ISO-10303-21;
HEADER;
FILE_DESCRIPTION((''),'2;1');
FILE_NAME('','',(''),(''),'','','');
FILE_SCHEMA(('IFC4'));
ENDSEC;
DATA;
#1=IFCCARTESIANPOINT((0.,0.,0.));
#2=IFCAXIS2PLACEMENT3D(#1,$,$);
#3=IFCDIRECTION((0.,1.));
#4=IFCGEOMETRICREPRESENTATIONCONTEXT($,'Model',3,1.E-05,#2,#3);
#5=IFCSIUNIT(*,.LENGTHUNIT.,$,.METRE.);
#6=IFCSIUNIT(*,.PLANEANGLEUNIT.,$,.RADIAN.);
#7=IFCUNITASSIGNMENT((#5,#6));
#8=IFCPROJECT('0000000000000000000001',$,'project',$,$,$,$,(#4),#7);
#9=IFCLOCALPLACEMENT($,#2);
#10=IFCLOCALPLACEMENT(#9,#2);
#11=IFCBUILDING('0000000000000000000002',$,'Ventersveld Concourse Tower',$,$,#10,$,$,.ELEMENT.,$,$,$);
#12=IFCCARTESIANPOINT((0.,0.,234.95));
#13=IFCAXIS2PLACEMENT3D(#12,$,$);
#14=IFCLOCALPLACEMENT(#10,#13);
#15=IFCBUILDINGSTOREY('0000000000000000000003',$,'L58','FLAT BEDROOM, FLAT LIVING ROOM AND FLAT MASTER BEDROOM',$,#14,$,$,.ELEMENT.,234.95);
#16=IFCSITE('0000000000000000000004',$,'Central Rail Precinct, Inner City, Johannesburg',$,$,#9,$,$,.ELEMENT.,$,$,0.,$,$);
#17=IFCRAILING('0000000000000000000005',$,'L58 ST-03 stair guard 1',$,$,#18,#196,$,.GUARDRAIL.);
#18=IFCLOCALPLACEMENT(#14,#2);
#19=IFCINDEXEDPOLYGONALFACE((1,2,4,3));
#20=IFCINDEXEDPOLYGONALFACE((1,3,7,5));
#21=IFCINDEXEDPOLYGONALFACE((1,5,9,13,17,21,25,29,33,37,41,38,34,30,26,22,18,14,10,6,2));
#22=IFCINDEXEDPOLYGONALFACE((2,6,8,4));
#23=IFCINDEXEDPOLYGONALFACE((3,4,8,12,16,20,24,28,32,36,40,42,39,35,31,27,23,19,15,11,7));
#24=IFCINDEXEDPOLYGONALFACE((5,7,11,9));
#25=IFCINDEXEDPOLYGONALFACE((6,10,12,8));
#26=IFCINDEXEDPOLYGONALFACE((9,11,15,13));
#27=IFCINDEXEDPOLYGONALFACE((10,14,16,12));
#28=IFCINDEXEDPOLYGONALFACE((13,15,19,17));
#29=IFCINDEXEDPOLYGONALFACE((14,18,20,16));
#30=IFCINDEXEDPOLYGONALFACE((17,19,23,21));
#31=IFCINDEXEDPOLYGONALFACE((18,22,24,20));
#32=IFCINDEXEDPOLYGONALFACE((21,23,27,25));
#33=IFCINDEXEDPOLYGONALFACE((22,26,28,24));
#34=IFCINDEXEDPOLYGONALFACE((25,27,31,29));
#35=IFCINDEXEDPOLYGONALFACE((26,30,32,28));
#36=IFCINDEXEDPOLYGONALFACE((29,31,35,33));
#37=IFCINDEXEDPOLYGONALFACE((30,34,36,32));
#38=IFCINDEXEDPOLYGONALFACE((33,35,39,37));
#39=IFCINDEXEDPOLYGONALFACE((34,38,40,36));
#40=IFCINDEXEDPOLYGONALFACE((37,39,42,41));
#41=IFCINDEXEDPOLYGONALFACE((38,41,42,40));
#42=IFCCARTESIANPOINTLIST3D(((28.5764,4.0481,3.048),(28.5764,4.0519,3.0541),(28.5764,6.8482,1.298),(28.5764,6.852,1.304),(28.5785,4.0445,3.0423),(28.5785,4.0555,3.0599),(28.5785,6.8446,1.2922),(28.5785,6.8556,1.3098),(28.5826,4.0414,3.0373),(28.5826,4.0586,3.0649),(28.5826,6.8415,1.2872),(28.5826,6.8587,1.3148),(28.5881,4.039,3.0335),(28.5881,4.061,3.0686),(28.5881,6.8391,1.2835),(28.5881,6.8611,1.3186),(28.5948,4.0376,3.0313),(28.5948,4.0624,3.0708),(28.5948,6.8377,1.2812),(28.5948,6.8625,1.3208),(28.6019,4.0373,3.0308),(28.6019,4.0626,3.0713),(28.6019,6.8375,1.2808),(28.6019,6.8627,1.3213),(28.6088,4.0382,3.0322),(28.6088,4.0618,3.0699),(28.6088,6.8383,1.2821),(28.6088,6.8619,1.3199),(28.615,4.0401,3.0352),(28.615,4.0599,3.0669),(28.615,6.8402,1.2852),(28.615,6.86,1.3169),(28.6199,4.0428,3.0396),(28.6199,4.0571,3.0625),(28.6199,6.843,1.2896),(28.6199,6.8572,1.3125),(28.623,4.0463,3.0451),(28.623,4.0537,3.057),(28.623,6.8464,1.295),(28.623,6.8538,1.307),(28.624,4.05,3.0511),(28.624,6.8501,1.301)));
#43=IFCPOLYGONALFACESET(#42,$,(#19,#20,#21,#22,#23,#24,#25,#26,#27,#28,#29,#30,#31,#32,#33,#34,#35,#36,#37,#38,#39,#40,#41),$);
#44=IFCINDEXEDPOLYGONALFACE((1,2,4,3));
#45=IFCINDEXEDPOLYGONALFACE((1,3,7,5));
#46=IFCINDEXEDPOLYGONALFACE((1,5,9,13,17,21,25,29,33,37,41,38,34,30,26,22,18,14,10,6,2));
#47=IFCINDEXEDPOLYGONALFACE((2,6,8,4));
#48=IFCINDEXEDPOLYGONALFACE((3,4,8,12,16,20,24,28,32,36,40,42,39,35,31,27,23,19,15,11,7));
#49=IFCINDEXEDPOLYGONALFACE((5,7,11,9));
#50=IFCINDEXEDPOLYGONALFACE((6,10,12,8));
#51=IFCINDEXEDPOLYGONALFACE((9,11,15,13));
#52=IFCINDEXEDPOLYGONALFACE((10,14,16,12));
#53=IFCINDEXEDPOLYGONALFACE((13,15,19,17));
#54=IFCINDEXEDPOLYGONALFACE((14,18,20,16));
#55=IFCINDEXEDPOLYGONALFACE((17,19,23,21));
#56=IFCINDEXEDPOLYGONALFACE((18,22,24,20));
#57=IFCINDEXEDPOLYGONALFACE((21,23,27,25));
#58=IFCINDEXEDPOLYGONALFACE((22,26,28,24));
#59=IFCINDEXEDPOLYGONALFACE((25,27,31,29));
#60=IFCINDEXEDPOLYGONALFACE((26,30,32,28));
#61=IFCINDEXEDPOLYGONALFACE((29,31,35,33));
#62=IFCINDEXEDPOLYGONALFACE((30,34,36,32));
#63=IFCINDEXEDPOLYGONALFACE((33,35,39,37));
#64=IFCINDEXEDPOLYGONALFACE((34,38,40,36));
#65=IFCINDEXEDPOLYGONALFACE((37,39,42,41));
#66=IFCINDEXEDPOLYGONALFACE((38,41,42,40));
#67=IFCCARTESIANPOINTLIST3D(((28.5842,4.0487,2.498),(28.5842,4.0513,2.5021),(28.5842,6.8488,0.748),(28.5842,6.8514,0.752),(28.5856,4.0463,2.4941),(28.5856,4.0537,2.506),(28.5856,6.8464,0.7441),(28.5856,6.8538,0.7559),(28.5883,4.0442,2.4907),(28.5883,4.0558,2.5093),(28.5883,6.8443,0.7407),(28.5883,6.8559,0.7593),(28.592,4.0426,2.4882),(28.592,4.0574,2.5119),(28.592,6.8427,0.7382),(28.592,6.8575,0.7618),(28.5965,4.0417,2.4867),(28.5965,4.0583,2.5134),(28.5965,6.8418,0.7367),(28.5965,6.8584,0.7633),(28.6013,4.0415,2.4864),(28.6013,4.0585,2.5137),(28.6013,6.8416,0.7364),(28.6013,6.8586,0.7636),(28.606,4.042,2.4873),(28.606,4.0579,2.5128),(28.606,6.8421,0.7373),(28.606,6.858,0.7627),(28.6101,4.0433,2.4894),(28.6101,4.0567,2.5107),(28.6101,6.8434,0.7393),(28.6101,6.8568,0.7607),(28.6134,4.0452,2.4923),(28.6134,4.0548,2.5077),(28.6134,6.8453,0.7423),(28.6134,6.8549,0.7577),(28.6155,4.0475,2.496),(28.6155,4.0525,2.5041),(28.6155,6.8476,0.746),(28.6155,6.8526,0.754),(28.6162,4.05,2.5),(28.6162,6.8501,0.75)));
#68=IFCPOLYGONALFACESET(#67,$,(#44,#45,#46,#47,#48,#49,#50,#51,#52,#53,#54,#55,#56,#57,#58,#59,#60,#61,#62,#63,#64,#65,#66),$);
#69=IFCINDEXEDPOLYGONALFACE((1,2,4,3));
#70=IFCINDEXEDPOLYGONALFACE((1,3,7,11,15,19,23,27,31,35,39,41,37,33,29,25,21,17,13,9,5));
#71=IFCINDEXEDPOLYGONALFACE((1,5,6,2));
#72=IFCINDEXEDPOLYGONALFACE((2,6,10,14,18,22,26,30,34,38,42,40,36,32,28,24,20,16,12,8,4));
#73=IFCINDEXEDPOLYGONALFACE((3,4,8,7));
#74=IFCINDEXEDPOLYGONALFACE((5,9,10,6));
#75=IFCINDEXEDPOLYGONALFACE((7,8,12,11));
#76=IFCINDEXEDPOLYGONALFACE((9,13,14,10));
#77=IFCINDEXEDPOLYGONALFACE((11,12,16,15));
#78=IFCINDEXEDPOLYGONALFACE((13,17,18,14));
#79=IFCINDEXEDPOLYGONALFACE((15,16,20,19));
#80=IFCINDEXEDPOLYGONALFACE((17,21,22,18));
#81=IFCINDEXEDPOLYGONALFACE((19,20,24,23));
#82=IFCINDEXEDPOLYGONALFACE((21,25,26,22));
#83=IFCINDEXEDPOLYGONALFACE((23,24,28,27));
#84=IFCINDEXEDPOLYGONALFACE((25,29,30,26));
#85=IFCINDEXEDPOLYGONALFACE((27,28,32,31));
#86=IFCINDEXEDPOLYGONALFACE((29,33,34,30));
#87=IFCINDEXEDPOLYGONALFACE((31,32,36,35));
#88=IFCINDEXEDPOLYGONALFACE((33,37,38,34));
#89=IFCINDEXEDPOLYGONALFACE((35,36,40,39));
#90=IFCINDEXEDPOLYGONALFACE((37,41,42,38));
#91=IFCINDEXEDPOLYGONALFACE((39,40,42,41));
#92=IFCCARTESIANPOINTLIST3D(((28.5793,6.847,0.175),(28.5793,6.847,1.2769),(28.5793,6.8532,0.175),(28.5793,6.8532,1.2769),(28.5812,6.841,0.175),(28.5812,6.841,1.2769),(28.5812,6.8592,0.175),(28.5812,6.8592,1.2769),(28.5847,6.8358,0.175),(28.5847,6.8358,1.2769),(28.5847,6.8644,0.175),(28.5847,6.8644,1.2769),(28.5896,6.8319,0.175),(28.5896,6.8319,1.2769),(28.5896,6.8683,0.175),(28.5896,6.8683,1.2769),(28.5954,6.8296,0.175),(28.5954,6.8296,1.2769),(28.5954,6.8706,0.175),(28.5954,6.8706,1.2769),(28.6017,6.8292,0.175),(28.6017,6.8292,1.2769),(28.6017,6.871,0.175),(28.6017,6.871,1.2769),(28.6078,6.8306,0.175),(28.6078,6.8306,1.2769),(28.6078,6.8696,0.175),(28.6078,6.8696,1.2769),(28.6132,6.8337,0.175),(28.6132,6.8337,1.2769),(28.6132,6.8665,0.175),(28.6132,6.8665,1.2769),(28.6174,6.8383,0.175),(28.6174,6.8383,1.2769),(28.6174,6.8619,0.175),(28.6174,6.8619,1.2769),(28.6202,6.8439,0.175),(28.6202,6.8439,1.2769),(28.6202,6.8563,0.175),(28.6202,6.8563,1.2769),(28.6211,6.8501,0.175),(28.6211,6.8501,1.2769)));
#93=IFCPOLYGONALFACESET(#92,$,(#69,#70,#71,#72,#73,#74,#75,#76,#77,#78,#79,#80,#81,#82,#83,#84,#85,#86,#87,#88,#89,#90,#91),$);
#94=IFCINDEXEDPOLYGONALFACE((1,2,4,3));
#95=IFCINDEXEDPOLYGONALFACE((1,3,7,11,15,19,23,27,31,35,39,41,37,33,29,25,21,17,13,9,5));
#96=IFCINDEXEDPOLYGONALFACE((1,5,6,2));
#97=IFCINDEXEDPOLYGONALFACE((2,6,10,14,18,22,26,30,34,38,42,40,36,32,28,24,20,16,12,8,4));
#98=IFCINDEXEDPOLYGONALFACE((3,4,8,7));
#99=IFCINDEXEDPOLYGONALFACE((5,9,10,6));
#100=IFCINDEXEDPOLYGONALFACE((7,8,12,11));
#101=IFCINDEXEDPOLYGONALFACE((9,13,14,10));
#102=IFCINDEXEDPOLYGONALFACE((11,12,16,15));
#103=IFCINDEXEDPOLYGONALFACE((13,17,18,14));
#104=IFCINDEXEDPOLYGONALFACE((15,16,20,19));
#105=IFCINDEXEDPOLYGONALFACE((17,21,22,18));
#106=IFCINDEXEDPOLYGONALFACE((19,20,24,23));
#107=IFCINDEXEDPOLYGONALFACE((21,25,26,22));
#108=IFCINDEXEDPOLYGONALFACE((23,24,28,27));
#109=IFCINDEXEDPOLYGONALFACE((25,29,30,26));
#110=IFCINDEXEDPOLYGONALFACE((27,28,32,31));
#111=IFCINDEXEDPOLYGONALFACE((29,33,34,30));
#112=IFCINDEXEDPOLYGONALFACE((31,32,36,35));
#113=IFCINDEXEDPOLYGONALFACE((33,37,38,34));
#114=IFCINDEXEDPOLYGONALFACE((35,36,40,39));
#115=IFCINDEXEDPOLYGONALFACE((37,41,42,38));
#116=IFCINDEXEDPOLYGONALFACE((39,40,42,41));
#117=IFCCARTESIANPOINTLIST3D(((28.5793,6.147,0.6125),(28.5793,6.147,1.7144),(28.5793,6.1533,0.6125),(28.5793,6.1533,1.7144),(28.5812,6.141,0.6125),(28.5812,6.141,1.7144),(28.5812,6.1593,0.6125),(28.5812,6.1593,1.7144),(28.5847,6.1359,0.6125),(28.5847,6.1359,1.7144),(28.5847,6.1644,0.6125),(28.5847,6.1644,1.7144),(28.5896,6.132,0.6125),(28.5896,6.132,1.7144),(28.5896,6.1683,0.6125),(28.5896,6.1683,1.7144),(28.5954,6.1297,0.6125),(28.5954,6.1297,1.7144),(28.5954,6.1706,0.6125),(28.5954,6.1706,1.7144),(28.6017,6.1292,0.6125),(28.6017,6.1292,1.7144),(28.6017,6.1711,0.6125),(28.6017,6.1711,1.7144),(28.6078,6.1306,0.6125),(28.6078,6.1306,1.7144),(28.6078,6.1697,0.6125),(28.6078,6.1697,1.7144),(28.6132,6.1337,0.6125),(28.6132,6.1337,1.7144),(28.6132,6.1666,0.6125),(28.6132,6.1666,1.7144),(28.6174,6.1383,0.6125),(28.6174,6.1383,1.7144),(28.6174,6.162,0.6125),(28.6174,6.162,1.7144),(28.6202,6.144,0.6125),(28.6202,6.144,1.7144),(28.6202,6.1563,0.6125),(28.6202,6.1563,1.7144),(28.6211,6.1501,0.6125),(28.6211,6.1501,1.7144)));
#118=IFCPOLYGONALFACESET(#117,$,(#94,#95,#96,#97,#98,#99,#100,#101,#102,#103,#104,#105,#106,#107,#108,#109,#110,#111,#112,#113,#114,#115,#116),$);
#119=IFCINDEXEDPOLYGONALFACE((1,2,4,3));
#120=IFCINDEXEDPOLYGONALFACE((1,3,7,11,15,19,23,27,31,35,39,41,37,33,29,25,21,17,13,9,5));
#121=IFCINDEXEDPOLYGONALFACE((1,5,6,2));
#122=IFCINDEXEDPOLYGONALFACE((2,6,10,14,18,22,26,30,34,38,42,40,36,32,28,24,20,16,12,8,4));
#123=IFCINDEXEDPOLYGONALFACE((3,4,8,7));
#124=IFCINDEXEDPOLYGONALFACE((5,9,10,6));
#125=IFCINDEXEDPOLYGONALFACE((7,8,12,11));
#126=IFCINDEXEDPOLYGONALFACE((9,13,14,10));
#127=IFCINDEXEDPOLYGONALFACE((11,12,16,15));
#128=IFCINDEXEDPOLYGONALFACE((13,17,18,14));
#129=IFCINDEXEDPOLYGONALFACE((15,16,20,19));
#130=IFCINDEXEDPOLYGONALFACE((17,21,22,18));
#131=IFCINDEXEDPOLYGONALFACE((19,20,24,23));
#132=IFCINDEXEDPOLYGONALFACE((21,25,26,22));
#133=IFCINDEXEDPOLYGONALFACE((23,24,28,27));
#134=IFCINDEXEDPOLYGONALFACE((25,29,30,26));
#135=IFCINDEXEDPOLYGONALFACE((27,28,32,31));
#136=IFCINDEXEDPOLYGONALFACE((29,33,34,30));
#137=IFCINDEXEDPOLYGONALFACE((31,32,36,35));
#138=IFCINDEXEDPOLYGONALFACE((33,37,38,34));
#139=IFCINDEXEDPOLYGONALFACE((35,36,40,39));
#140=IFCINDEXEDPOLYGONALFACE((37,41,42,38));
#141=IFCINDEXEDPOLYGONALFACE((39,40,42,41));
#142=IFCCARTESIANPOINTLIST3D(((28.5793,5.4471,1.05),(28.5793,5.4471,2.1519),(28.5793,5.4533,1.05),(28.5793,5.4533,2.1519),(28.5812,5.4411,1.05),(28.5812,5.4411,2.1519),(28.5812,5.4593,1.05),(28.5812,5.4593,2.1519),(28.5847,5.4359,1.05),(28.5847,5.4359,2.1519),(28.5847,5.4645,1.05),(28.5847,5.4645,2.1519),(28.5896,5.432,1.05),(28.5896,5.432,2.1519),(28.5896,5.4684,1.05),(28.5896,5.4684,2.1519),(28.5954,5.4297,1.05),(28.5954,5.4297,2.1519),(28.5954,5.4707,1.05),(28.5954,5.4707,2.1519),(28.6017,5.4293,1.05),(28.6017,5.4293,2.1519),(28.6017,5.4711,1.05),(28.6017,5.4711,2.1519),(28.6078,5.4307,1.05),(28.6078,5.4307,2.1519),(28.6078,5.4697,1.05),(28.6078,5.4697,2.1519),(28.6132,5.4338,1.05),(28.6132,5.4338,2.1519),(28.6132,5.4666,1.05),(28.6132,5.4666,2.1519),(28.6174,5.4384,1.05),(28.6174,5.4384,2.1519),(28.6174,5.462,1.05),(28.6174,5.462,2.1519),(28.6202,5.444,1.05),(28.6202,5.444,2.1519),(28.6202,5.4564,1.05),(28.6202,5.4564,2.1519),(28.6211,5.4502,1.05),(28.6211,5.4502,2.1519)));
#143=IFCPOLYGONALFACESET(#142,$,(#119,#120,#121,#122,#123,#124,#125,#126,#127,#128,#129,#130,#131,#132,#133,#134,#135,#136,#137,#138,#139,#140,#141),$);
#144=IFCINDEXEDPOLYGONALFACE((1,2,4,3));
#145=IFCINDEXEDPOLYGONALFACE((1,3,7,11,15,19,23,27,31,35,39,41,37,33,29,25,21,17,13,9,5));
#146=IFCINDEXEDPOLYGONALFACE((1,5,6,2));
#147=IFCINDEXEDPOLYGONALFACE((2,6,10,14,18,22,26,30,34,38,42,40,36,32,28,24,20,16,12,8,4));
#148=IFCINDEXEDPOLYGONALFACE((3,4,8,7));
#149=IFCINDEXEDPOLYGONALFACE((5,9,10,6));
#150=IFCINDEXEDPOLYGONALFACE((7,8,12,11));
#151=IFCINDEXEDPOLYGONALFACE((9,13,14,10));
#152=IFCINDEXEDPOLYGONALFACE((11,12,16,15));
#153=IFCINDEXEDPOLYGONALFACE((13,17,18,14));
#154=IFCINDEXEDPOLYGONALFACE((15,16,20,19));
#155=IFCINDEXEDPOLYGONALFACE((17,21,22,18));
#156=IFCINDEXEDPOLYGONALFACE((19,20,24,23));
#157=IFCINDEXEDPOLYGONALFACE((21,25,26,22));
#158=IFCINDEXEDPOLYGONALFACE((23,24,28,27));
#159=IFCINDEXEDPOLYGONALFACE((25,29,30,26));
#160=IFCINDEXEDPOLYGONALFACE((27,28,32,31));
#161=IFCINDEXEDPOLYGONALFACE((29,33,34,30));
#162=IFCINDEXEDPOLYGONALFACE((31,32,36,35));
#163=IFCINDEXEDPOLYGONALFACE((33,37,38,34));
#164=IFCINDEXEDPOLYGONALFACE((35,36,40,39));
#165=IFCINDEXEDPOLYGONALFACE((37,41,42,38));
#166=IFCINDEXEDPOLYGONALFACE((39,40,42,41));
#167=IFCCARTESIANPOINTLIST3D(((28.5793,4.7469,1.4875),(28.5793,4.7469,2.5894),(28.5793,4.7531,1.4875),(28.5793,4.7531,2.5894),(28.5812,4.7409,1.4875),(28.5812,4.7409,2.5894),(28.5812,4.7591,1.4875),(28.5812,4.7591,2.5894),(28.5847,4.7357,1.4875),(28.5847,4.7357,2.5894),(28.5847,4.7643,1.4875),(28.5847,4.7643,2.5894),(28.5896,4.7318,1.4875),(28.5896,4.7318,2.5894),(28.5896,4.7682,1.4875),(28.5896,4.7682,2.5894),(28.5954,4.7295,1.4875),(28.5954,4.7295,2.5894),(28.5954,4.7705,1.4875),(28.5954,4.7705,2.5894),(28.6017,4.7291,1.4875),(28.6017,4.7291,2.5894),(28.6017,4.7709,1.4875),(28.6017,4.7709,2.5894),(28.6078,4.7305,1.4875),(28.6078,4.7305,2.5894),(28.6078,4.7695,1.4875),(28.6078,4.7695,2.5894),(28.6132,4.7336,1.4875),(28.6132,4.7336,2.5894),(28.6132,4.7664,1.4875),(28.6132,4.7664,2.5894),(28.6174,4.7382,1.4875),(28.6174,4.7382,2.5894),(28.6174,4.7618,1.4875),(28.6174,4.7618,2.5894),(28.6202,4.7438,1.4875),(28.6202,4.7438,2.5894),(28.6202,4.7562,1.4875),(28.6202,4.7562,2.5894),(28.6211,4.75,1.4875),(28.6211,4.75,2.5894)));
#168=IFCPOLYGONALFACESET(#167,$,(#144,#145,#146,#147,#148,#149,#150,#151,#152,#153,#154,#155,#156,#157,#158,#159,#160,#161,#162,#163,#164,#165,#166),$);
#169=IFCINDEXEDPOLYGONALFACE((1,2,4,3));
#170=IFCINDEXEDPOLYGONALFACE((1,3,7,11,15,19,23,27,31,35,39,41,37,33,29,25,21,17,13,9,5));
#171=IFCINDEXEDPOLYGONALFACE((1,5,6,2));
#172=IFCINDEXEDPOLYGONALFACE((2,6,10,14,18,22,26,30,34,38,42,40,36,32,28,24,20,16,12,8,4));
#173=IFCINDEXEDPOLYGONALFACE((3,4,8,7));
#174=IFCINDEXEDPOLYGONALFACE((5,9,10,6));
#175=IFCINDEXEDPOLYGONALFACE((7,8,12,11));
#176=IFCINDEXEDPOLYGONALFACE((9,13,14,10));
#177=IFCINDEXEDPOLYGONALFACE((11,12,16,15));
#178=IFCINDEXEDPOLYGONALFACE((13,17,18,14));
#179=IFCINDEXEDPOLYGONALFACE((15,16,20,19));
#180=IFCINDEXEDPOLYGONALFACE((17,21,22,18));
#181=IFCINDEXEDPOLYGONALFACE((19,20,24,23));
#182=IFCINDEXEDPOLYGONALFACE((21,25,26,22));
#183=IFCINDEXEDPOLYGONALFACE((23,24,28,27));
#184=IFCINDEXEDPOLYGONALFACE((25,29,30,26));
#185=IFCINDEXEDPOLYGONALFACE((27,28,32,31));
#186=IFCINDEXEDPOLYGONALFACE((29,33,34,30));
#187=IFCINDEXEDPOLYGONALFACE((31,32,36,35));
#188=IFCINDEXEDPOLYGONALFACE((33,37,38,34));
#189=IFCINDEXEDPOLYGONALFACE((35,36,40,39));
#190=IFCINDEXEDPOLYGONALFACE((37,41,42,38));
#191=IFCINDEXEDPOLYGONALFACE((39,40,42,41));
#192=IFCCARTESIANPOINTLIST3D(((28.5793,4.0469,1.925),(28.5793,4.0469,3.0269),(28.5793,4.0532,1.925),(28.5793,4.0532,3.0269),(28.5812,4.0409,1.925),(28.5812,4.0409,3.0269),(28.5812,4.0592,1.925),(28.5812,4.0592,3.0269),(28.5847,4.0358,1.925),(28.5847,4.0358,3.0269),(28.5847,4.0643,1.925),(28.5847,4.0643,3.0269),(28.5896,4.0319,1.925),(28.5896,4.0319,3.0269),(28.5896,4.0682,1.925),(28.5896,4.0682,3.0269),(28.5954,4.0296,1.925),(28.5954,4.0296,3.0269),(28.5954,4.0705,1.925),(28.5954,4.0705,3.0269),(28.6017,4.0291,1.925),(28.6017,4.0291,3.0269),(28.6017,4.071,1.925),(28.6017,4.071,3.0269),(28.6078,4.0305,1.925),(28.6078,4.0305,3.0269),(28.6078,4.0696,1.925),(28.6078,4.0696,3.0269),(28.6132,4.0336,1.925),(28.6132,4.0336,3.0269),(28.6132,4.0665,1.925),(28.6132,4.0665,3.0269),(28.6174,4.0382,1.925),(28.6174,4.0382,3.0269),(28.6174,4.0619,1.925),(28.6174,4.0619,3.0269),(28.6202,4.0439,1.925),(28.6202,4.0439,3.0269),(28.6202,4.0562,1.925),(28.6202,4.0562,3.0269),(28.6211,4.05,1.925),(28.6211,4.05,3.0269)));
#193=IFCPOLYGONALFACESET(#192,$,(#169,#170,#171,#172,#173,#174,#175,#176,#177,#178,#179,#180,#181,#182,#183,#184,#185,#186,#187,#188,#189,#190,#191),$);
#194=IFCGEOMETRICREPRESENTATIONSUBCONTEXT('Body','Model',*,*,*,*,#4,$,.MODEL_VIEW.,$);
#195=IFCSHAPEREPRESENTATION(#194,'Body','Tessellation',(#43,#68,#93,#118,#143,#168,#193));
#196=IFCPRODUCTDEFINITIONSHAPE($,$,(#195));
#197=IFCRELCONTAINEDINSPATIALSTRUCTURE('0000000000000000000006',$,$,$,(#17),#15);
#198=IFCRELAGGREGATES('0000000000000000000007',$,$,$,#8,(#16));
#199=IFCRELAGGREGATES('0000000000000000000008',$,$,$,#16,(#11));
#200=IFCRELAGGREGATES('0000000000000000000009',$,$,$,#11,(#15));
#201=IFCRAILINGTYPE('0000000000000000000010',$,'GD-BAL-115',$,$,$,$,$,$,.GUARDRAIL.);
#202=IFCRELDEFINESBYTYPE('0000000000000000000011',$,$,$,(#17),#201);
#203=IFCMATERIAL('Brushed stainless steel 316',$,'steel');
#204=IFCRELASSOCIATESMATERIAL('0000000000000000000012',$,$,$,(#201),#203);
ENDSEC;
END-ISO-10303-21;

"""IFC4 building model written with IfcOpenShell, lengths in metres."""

from ifc_helpers import new_model, si_unit, direction, frame, origin, origin_2d, place, context, subcontext, project, spatial, circle, extrude, material, type_object, element, save


model = new_model("IFC4")

# Units and contexts
model_context = context("Model", 3, precision=1e-05, world=origin(), true_north=direction((0.0, 1.0)))
body_context = subcontext(model_context, "Body", "Model", "MODEL_VIEW")
ifc_project = project(units=[si_unit("LENGTHUNIT", "METRE"), si_unit("PLANEANGLEUNIT", "RADIAN")], contexts=[model_context])

# Site, building, storey
site_placement = place(None, origin())
site = spatial("IfcSite", under=ifc_project, at=site_placement, Name="Central Rail Precinct, Inner City, Johannesburg", CompositionType="ELEMENT", RefElevation=0.0)
building_placement = place(site_placement, origin())
building = spatial("IfcBuilding", under=site, at=building_placement, Name="Ventersveld Concourse Tower", CompositionType="ELEMENT")
storey_placement = place(building_placement, frame((0.0, 0.0, 234.95)))
storey = spatial("IfcBuildingStorey", under=building, at=storey_placement, Name="L58", Description="FLAT BEDROOM, FLAT LIVING ROOM AND FLAT MASTER BEDROOM", CompositionType="ELEMENT", Elevation=234.95)

# Shared definitions
ifc_material_1 = material(Name="Brushed stainless steel 316", Category="steel")

# Railing
railing_type_1 = type_object("IfcRailingType", Name="GD-BAL-115", PredefinedType="GUARDRAIL", material=ifc_material_1)
railing_1_placement = place(storey_placement, frame((28.6001, 6.8501, 0.175)))
element("IfcRailing", 1, at=railing_1_placement, inside=storey, type_object=railing_type_1, Name="L58 ST-03 stair guard 1", PredefinedType="GUARDRAIL", context=body_context, shape_type="SweptSolid", body=[
    extrude(circle(Radius=0.0239, at=origin_2d()), frame((0.0, 0.0, 1.126), z_axis=(0.0, -0.848002, 0.529992), x_axis=(1.0, 0.0, 0.0)), (0.0, 0.0, 1.0), 3.302),
    extrude(circle(Radius=0.0161, at=origin_2d()), frame((0.0, 0.0, 0.575), z_axis=(0.0, -0.848002, 0.529992), x_axis=(1.0, 0.0, 0.0)), (0.0, 0.0, 1.0), 3.302),
    extrude(circle(Radius=0.021, at=origin_2d()), origin(), (0.0, 0.0, 1.0), 1.1018),
    extrude(circle(Radius=0.021, at=origin_2d()), frame((0.0, -0.7, 0.4375)), (0.0, 0.0, 1.0), 1.1018),
    extrude(circle(Radius=0.021, at=origin_2d()), frame((0.0, -1.3999, 0.875)), (0.0, 0.0, 1.0), 1.1018),
    extrude(circle(Radius=0.021, at=origin_2d()), frame((0.0, -2.1001, 1.3125)), (0.0, 0.0, 1.0), 1.1018),
    extrude(circle(Radius=0.021, at=origin_2d()), frame((0.0, -2.8, 1.75)), (0.0, 0.0, 1.0), 1.1018),
])

save(model, "model.ifc")
